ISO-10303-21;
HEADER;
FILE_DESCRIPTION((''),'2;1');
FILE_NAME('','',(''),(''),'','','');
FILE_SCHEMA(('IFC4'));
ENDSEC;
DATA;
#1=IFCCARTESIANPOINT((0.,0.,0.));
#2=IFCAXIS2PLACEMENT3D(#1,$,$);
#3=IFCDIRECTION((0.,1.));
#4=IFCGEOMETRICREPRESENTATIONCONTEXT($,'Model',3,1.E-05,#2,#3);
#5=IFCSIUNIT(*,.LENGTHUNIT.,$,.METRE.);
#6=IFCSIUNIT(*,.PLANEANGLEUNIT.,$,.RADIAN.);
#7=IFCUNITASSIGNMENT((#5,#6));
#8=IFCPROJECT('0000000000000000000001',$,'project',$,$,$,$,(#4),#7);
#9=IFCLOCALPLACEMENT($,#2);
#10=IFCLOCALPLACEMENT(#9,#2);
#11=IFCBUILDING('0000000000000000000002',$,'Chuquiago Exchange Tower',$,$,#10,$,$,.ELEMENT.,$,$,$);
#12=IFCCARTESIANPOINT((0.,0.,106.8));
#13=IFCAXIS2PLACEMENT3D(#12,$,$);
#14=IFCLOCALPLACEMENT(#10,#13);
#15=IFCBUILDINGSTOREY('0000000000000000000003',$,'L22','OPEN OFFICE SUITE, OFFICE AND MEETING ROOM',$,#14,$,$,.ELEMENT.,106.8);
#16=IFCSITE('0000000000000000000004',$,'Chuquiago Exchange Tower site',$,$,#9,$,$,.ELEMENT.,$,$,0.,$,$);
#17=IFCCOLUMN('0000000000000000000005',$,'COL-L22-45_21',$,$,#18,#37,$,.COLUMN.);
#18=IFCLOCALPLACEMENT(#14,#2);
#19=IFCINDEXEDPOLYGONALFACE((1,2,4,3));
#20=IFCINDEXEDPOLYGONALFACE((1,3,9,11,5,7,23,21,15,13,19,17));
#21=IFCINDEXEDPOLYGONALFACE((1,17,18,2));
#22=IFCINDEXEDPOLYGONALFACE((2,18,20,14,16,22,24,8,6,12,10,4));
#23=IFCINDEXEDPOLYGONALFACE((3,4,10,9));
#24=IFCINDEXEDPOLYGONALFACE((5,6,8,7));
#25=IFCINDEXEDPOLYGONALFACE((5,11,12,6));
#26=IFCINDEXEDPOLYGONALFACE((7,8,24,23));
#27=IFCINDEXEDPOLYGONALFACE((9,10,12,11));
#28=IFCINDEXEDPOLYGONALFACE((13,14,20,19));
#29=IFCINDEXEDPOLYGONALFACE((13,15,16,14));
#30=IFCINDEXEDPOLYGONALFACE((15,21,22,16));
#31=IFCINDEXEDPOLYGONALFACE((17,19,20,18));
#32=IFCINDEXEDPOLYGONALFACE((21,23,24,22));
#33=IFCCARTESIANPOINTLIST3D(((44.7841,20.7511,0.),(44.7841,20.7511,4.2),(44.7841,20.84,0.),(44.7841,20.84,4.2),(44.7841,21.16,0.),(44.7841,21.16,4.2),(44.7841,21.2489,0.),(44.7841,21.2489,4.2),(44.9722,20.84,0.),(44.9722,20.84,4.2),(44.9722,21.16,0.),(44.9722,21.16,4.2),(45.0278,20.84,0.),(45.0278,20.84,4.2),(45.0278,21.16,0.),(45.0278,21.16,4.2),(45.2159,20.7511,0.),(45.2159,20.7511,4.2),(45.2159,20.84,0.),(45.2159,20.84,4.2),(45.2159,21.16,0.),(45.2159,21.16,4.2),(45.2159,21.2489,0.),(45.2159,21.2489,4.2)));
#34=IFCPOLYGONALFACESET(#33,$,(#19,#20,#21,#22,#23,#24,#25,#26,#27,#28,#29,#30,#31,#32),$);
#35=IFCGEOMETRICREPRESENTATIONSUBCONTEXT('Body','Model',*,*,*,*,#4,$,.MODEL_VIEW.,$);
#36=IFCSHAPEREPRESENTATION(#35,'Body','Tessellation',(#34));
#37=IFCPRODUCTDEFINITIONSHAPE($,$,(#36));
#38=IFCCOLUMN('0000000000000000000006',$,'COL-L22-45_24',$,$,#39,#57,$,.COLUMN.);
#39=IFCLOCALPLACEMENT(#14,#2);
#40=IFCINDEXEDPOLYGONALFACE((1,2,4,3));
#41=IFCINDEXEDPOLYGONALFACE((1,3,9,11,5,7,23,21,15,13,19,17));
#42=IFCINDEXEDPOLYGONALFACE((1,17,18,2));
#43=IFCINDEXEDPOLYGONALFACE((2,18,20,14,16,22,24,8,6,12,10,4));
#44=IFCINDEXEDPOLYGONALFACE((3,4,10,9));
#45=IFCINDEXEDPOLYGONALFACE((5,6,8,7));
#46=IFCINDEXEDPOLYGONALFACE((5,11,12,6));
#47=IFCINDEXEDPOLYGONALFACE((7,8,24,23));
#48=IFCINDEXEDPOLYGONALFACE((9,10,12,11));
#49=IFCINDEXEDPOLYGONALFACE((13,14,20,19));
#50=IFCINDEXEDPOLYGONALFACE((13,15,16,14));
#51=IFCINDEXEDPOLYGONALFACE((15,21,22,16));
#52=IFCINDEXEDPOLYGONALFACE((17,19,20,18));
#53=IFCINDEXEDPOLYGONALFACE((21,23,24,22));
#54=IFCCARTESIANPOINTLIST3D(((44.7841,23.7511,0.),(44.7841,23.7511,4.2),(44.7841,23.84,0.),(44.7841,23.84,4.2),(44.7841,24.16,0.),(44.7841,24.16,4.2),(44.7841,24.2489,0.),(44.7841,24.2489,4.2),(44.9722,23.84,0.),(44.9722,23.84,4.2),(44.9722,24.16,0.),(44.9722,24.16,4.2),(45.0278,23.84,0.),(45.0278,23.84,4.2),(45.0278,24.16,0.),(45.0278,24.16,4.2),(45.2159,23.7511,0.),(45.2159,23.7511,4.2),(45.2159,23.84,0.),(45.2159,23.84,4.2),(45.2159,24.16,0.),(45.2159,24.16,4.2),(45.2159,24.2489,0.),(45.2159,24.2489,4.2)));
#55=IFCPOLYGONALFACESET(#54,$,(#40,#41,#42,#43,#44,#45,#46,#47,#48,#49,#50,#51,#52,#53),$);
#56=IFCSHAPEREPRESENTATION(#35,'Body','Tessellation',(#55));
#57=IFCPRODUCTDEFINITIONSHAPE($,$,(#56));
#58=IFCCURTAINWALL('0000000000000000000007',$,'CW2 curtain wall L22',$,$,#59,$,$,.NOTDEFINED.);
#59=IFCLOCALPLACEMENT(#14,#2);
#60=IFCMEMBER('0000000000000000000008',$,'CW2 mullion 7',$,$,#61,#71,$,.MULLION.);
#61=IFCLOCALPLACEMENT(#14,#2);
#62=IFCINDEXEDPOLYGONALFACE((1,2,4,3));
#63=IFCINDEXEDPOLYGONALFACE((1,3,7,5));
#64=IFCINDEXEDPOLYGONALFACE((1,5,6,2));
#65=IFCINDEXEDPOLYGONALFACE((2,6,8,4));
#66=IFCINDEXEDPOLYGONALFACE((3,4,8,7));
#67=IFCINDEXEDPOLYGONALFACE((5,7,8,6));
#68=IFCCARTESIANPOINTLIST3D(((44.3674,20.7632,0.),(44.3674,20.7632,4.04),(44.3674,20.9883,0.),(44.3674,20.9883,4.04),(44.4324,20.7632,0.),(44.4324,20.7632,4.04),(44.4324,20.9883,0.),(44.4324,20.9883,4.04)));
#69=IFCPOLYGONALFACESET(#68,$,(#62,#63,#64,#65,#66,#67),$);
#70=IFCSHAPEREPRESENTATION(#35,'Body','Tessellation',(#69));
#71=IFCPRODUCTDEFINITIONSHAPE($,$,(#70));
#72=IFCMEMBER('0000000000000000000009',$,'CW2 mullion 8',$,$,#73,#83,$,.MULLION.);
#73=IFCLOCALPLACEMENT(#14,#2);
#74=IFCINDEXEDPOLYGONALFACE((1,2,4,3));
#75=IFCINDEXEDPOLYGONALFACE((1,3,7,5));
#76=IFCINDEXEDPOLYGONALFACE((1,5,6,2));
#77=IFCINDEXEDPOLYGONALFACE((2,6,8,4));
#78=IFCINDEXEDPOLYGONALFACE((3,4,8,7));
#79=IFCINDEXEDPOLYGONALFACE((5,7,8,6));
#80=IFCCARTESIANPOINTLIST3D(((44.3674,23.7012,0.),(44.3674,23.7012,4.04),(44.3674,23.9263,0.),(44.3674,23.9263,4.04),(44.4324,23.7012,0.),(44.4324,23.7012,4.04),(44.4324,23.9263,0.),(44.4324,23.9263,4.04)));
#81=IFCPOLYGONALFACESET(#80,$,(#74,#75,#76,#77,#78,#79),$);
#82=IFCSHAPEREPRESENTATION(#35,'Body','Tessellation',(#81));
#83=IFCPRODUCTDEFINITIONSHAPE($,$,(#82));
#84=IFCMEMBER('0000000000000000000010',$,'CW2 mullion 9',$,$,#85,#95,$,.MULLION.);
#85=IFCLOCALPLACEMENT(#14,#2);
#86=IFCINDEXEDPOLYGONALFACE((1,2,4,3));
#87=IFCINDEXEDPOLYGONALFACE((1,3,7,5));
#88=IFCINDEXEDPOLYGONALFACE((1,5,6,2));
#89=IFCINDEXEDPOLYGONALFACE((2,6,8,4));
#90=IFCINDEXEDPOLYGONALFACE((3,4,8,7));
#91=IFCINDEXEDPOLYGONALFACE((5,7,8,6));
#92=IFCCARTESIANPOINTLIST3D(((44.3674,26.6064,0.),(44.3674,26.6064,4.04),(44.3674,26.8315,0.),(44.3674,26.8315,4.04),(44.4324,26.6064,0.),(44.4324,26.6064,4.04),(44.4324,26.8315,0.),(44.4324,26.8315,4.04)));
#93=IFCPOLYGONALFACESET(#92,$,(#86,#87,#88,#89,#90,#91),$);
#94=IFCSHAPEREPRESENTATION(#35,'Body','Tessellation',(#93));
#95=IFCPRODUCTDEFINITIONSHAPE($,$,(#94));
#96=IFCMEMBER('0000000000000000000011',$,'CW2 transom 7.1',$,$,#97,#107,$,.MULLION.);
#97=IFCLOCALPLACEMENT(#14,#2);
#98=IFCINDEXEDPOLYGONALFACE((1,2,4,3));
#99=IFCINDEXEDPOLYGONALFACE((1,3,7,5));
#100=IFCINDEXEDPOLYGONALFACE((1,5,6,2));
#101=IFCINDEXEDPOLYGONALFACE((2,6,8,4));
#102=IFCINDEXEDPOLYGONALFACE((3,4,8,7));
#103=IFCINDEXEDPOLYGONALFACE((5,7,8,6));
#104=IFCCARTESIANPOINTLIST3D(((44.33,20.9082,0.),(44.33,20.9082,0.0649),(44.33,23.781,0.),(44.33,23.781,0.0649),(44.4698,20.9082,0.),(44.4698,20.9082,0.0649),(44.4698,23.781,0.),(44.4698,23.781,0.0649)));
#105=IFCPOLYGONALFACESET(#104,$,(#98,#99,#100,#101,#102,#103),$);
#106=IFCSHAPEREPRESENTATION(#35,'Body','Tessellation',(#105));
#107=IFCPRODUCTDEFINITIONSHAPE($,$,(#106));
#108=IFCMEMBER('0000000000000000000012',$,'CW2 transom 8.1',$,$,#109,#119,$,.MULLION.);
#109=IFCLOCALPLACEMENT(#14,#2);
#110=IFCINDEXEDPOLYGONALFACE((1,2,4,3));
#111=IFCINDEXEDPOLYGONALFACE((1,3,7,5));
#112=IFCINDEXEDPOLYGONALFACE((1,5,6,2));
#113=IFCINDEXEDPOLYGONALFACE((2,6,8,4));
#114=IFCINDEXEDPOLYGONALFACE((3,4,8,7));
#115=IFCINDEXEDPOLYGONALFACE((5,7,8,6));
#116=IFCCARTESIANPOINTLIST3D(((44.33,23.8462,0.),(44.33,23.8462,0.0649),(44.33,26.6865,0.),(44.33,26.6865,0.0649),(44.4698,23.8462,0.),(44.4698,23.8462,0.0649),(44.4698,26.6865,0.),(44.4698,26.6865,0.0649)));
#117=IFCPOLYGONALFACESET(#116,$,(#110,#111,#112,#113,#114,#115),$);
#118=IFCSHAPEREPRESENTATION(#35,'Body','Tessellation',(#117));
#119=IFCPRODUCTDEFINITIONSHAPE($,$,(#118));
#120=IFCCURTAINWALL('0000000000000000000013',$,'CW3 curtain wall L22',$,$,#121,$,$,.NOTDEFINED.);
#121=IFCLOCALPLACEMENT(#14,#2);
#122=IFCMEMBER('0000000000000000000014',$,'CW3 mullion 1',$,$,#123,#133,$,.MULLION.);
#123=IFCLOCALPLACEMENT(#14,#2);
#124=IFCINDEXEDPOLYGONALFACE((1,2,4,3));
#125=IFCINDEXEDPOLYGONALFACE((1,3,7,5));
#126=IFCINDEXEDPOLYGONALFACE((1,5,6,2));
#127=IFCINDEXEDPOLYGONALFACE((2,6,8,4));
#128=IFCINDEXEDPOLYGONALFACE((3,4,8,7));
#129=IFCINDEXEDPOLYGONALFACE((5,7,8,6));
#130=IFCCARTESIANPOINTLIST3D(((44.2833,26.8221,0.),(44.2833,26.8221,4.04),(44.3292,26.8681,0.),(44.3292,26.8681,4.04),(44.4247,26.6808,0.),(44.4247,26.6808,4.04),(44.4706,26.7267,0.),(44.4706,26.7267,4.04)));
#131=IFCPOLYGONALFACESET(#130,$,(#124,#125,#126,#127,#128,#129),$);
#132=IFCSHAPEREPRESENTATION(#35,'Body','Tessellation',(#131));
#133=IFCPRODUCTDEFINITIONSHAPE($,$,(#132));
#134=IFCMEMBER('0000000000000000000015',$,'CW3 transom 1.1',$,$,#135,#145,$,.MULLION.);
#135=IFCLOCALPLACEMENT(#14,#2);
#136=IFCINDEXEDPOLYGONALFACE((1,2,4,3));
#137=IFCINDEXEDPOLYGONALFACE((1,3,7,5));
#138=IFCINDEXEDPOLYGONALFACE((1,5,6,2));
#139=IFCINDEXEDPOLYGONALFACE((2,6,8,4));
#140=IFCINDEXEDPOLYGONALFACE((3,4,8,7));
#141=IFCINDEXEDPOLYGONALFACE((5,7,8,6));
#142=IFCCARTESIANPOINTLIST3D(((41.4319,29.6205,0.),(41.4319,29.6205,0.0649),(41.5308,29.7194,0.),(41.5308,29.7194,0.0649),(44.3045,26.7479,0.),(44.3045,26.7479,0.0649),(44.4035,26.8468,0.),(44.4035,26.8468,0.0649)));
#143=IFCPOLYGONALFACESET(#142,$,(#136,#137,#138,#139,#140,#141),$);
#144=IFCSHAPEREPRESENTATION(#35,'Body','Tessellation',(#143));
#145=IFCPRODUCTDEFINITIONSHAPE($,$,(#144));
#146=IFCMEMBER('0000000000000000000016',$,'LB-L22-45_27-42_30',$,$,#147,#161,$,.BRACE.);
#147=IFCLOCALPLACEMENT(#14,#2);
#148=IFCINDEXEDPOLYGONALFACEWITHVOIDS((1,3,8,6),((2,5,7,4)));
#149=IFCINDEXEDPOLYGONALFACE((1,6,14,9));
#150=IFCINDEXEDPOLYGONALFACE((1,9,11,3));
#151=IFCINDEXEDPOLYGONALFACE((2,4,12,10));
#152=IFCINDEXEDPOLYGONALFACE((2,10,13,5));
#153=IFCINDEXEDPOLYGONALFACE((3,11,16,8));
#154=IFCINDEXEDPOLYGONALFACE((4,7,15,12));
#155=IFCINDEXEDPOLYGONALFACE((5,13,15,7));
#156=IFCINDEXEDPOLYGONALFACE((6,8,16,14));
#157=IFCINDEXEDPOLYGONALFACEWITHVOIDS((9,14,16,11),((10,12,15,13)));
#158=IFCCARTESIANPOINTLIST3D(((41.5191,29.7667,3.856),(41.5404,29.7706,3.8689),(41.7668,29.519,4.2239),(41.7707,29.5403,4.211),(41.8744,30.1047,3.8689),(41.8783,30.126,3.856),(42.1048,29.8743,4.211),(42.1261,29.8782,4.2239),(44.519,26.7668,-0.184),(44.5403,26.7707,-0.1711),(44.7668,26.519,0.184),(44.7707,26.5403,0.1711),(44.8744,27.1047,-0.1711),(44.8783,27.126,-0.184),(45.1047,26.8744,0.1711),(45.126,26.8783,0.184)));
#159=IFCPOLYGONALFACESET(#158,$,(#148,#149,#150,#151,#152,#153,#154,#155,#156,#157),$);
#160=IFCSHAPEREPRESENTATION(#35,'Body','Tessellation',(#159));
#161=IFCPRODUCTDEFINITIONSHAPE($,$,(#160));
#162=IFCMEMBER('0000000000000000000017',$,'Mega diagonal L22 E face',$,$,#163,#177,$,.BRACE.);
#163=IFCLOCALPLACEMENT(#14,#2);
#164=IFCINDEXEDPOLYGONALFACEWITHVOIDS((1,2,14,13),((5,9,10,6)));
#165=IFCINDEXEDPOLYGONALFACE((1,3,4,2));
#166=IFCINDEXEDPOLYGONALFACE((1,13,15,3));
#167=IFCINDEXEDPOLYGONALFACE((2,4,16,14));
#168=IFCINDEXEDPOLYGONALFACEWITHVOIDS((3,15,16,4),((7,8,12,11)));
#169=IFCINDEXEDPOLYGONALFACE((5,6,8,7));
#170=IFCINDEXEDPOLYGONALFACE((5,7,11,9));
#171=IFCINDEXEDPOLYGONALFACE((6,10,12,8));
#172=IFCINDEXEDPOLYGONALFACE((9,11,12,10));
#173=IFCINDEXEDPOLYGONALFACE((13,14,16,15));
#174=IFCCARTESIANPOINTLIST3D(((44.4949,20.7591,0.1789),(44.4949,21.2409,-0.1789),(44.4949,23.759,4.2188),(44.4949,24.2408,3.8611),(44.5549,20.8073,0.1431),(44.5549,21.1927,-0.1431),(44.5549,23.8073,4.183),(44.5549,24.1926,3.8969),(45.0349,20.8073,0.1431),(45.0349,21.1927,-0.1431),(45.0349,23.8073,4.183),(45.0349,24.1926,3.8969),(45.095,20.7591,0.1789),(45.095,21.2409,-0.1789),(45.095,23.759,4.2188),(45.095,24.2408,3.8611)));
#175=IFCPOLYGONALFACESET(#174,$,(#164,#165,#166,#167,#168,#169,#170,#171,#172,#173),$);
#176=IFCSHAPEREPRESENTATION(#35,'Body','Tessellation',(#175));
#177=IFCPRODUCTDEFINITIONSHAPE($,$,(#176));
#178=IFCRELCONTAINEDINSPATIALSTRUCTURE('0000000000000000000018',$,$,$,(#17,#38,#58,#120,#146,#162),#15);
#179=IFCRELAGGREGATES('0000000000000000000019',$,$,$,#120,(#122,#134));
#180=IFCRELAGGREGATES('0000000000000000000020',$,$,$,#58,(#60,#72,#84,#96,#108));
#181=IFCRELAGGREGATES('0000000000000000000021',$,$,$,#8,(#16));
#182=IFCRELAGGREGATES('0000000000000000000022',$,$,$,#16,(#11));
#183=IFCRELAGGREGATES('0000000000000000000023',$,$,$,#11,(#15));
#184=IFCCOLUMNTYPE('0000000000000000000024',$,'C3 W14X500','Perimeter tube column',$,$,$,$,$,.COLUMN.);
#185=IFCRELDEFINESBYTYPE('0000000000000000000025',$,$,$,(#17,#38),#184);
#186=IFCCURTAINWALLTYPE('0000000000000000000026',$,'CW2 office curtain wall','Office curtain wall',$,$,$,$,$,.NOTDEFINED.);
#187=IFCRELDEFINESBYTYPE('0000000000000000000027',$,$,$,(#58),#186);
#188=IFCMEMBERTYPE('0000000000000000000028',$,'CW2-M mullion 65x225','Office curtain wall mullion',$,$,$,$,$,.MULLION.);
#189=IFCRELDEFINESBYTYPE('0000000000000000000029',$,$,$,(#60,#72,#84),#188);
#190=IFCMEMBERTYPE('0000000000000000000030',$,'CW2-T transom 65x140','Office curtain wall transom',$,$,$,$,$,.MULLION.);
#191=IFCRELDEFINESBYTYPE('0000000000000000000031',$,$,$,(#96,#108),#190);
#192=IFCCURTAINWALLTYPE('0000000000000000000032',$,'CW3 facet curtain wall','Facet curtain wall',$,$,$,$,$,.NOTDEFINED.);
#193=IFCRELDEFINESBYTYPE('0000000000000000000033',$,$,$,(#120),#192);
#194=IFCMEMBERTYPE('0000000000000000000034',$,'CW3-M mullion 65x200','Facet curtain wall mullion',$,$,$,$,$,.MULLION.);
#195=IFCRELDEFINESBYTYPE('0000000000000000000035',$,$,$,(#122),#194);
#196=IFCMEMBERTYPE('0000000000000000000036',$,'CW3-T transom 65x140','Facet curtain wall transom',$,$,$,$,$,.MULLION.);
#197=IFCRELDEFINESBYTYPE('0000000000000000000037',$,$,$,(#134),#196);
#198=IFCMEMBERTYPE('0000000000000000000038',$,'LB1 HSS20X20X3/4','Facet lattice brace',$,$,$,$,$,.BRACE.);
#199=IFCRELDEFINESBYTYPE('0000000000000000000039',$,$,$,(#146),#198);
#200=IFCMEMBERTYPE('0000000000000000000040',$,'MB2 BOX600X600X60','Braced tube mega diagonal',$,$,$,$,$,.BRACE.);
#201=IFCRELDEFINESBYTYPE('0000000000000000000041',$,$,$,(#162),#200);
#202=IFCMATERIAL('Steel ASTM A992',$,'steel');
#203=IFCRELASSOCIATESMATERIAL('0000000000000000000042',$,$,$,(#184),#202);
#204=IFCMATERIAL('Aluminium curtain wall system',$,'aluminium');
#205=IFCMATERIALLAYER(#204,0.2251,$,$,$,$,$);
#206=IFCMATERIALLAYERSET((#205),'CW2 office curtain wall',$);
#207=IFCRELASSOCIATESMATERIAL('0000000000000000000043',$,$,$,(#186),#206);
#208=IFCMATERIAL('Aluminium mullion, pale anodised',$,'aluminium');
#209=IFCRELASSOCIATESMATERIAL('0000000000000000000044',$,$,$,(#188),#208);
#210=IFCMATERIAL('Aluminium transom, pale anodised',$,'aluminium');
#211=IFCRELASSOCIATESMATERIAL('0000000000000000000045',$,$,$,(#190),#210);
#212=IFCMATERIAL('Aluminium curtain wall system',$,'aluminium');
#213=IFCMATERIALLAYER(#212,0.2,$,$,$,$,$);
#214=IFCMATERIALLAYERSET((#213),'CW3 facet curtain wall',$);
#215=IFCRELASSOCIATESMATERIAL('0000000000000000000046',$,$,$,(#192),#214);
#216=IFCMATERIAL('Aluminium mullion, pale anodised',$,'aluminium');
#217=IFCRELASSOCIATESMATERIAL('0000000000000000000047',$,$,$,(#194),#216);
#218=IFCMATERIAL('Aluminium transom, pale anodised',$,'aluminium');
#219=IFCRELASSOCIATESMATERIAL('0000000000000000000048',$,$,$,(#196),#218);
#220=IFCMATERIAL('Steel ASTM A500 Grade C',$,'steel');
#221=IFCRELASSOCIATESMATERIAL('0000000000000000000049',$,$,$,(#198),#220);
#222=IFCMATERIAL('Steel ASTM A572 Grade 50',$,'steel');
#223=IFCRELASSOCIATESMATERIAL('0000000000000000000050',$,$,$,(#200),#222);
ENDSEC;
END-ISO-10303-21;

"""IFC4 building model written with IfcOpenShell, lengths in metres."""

from ifc_helpers import new_model, si_unit, direction, frame, origin, origin_2d, place, context, subcontext, project, spatial, rectangle, hollow_rectangle, i_section, extrude, material, layer, layer_set, material_profile, profile_set, type_object, element, aggregate, save


model = new_model("IFC4")

# Units and contexts
model_context = context("Model", 3, precision=1e-05, world=origin(), true_north=direction((0.0, 1.0)))
body_context = subcontext(model_context, "Body", "Model", "MODEL_VIEW")
ifc_project = project(units=[si_unit("LENGTHUNIT", "METRE"), si_unit("PLANEANGLEUNIT", "RADIAN")], contexts=[model_context])

# Site, building, storey
site_placement = place(None, origin())
site = spatial("IfcSite", under=ifc_project, at=site_placement, Name="Chuquiago Exchange Tower site", CompositionType="ELEMENT", RefElevation=0.0)
building_placement = place(site_placement, origin())
building = spatial("IfcBuilding", under=site, at=building_placement, Name="Chuquiago Exchange Tower", CompositionType="ELEMENT")
storey_placement = place(building_placement, frame((0.0, 0.0, 106.8)))
storey = spatial("IfcBuildingStorey", under=building, at=storey_placement, Name="L22", Description="OPEN OFFICE SUITE, OFFICE AND MEETING ROOM", CompositionType="ELEMENT", Elevation=106.8)

# Columns
ifc_material_1 = material(Name="Steel ASTM A992", Category="steel")
ifc_material_profile_1 = material_profile(ifc_material_1, i_section(OverallWidth=0.4319, OverallDepth=0.4978, WebThickness=0.0557, FlangeThickness=0.0889, at=origin_2d()), Name="W14X500")
ifc_profile_set_1 = profile_set([ifc_material_profile_1], Name="Steel ASTM A992")
column_type = type_object("IfcColumnType", Name="C3 W14X500", Description="Perimeter tube column", PredefinedType="COLUMN", material=ifc_profile_set_1)
for number, where, z_axis, x_axis, name in (
    (1, (45.0, 21.0, 0.0), (0.0, 0.0, 1.0), (1.0, 0.0, 0.0), "COL-L22-45_21"),
    (2, (45.0, 24.0, 0.0), (0.0, 0.0, 1.0), (1.0, 0.0, 0.0), "COL-L22-45_24"),
):
    element("IfcColumn", number, at=place(storey_placement, frame(where, z_axis=z_axis, x_axis=x_axis)), inside=storey, type_object=column_type, Name=name, PredefinedType="COLUMN", context=body_context, shape_type="SweptSolid", body=[
        extrude(i_section(OverallWidth=0.4319, OverallDepth=0.4978, WebThickness=0.0557, FlangeThickness=0.0889, at=origin_2d()), origin(), (0.0, 0.0, 1.0), 4.2),
    ])

# Curtain walls, members
ifc_material_2 = material(Name="Aluminium curtain wall system", Category="aluminium")
ifc_layer_1 = layer(ifc_material_2, 0.2251)
ifc_layer_set_1 = layer_set([ifc_layer_1], Name="CW2 office curtain wall")
curtain_wall_type_1 = type_object("IfcCurtainWallType", Name="CW2 office curtain wall", Description="Office curtain wall", PredefinedType="NOTDEFINED", material=ifc_layer_set_1)
curtain_wall_1_placement = place(storey_placement, origin())
curtain_wall_1 = element("IfcCurtainWall", 3, at=curtain_wall_1_placement, inside=storey, type_object=curtain_wall_type_1, Name="CW2 curtain wall L22", PredefinedType="NOTDEFINED")
ifc_material_3 = material(Name="Aluminium mullion, pale anodised", Category="aluminium")
ifc_material_profile_2 = material_profile(ifc_material_3, rectangle(XDim=0.0649, YDim=0.2251, at=origin_2d()), Name="AL 65x225")
ifc_profile_set_2 = profile_set([ifc_material_profile_2], Name="Aluminium mullion, pale anodised")
member_type_1 = type_object("IfcMemberType", Name="CW2-M mullion 65x225", Description="Office curtain wall mullion", PredefinedType="MULLION", material=ifc_profile_set_2)
member_1_placement = place(storey_placement, frame((44.3999, 20.8757, 0.0), z_axis=(0.0, 0.0, 1.0), x_axis=(-1.0, 0.0, 0.0)))
member_1 = element("IfcMember", 4, at=member_1_placement, type_object=member_type_1, Name="CW2 mullion 7", PredefinedType="MULLION", context=body_context, shape_type="SweptSolid", body=[
    extrude(rectangle(XDim=0.0649, YDim=0.2251, at=origin_2d()), origin(), (0.0, 0.0, 1.0), 4.04),
])
member_2_placement = place(storey_placement, frame((44.3999, 23.8137, 0.0), z_axis=(0.0, 0.0, 1.0), x_axis=(-1.0, 0.0, 0.0)))
member_2 = element("IfcMember", 5, at=member_2_placement, type_object=member_type_1, Name="CW2 mullion 8", PredefinedType="MULLION", context=body_context, shape_type="SweptSolid", body=[
    extrude(rectangle(XDim=0.0649, YDim=0.2251, at=origin_2d()), origin(), (0.0, 0.0, 1.0), 4.04),
])
member_3_placement = place(storey_placement, frame((44.3999, 26.719, 0.0), z_axis=(0.0, 0.0, 1.0), x_axis=(-1.0, 0.0, 0.0)))
member_3 = element("IfcMember", 6, at=member_3_placement, type_object=member_type_1, Name="CW2 mullion 9", PredefinedType="MULLION", context=body_context, shape_type="SweptSolid", body=[
    extrude(rectangle(XDim=0.0649, YDim=0.2251, at=origin_2d()), origin(), (0.0, 0.0, 1.0), 4.04),
])
ifc_material_4 = material(Name="Aluminium transom, pale anodised", Category="aluminium")
ifc_material_profile_3 = material_profile(ifc_material_4, rectangle(XDim=0.1399, YDim=0.0649, at=origin_2d()), Name="AL 140x65")
ifc_profile_set_3 = profile_set([ifc_material_profile_3], Name="Aluminium transom, pale anodised")
member_type_2 = type_object("IfcMemberType", Name="CW2-T transom 65x140", Description="Office curtain wall transom", PredefinedType="MULLION", material=ifc_profile_set_3)
member_4_placement = place(storey_placement, frame((44.3999, 20.9082, 0.0325), z_axis=(0.0, 1.0, 0.0), x_axis=(-1.0, 0.0, 0.0)))
member_4 = element("IfcMember", 7, at=member_4_placement, type_object=member_type_2, Name="CW2 transom 7.1", PredefinedType="MULLION", context=body_context, shape_type="SweptSolid", body=[
    extrude(rectangle(XDim=0.1399, YDim=0.0649, at=origin_2d()), origin(), (0.0, 0.0, 1.0), 2.8728),
])
member_5_placement = place(storey_placement, frame((44.3999, 23.8462, 0.0325), z_axis=(0.0, 1.0, 0.0), x_axis=(-1.0, 0.0, 0.0)))
member_5 = element("IfcMember", 8, at=member_5_placement, type_object=member_type_2, Name="CW2 transom 8.1", PredefinedType="MULLION", context=body_context, shape_type="SweptSolid", body=[
    extrude(rectangle(XDim=0.1399, YDim=0.0649, at=origin_2d()), origin(), (0.0, 0.0, 1.0), 2.8403),
])
ifc_material_5 = material(Name="Aluminium curtain wall system", Category="aluminium")
ifc_layer_2 = layer(ifc_material_5, 0.2)
ifc_layer_set_2 = layer_set([ifc_layer_2], Name="CW3 facet curtain wall")
curtain_wall_type_2 = type_object("IfcCurtainWallType", Name="CW3 facet curtain wall", Description="Facet curtain wall", PredefinedType="NOTDEFINED", material=ifc_layer_set_2)
curtain_wall_2_placement = place(storey_placement, origin())
curtain_wall_2 = element("IfcCurtainWall", 9, at=curtain_wall_2_placement, inside=storey, type_object=curtain_wall_type_2, Name="CW3 curtain wall L22", PredefinedType="NOTDEFINED")
ifc_material_6 = material(Name="Aluminium mullion, pale anodised", Category="aluminium")
ifc_material_profile_4 = material_profile(ifc_material_6, rectangle(XDim=0.0649, YDim=0.2, at=origin_2d()), Name="AL 65x200")
ifc_profile_set_4 = profile_set([ifc_material_profile_4], Name="Aluminium mullion, pale anodised")
member_type_3 = type_object("IfcMemberType", Name="CW3-M mullion 65x200", Description="Facet curtain wall mullion", PredefinedType="MULLION", material=ifc_profile_set_4)
member_6_placement = place(storey_placement, frame((44.377, 26.7744, 0.0), z_axis=(0.0, 0.0, 1.0), x_axis=(-0.707107, -0.707107, 0.0)))
member_6 = element("IfcMember", 10, at=member_6_placement, type_object=member_type_3, Name="CW3 mullion 1", PredefinedType="MULLION", context=body_context, shape_type="SweptSolid", body=[
    extrude(rectangle(XDim=0.0649, YDim=0.2, at=origin_2d()), origin(), (0.0, 0.0, 1.0), 4.04),
])
ifc_material_7 = material(Name="Aluminium transom, pale anodised", Category="aluminium")
ifc_material_profile_5 = material_profile(ifc_material_7, rectangle(XDim=0.1399, YDim=0.0649, at=origin_2d()), Name="AL 140x65")
ifc_profile_set_5 = profile_set([ifc_material_profile_5], Name="Aluminium transom, pale anodised")
member_type_4 = type_object("IfcMemberType", Name="CW3-T transom 65x140", Description="Facet curtain wall transom", PredefinedType="MULLION", material=ifc_profile_set_5)
member_7_placement = place(storey_placement, frame((44.354, 26.7974, 0.0325), z_axis=(-0.707107, 0.707107, 0.0), x_axis=(-0.707107, -0.707107, 0.0)))
member_7 = element("IfcMember", 11, at=member_7_placement, type_object=member_type_4, Name="CW3 transom 1.1", PredefinedType="MULLION", context=body_context, shape_type="SweptSolid", body=[
    extrude(rectangle(XDim=0.1399, YDim=0.0649, at=origin_2d()), origin(), (0.0, 0.0, 1.0), 4.0625),
])
aggregate(curtain_wall_2, [member_6, member_7])

# Members
ifc_material_8 = material(Name="Steel ASTM A500 Grade C", Category="steel")
ifc_material_profile_6 = material_profile(ifc_material_8, hollow_rectangle(XDim=0.5081, YDim=0.5081, WallThickness=0.0178, at=origin_2d()), Name="HSS20X20X3/4")
ifc_profile_set_6 = profile_set([ifc_material_profile_6], Name="Steel ASTM A500 Grade C")
member_type_5 = type_object("IfcMemberType", Name="LB1 HSS20X20X3/4", Description="Facet lattice brace", PredefinedType="BRACE", material=ifc_profile_set_6)
member_8_placement = place(storey_placement, frame((44.8225, 26.8225, 0.0), z_axis=(-0.512077, 0.512077, 0.689604), x_axis=(-0.707107, -0.707107, 0.0)))
element("IfcMember", 12, at=member_8_placement, inside=storey, type_object=member_type_5, Name="LB-L22-45_27-42_30", PredefinedType="BRACE", context=body_context, shape_type="SweptSolid", body=[
    extrude(hollow_rectangle(XDim=0.5081, YDim=0.5081, WallThickness=0.0178, at=origin_2d()), origin(), (0.0, 0.0, 1.0), 5.8584),
])
ifc_material_9 = material(Name="Steel ASTM A572 Grade 50", Category="steel")
ifc_material_profile_7 = material_profile(ifc_material_9, hollow_rectangle(XDim=0.6001, YDim=0.6001, WallThickness=0.0601, at=origin_2d()), Name="BOX600X600X60")
ifc_profile_set_7 = profile_set([ifc_material_profile_7], Name="Steel ASTM A572 Grade 50")
member_type_6 = type_object("IfcMemberType", Name="MB2 BOX600X600X60", Description="Braced tube mega diagonal", PredefinedType="BRACE", material=ifc_profile_set_7)
member_9_placement = place(storey_placement, frame((44.7949, 21.0, 0.0), z_axis=(0.0, 0.596174, 0.802855), x_axis=(-1.0, 0.0, 0.0)))
element("IfcMember", 13, at=member_9_placement, inside=storey, type_object=member_type_6, Name="Mega diagonal L22 E face", PredefinedType="BRACE", context=body_context, shape_type="SweptSolid", body=[
    extrude(hollow_rectangle(XDim=0.6001, YDim=0.6001, WallThickness=0.0601, at=origin_2d()), origin(), (0.0, 0.0, 1.0), 5.032),
])

aggregate(curtain_wall_1, [member_1, member_2, member_3, member_4, member_5])

save(model, "model.ifc")
